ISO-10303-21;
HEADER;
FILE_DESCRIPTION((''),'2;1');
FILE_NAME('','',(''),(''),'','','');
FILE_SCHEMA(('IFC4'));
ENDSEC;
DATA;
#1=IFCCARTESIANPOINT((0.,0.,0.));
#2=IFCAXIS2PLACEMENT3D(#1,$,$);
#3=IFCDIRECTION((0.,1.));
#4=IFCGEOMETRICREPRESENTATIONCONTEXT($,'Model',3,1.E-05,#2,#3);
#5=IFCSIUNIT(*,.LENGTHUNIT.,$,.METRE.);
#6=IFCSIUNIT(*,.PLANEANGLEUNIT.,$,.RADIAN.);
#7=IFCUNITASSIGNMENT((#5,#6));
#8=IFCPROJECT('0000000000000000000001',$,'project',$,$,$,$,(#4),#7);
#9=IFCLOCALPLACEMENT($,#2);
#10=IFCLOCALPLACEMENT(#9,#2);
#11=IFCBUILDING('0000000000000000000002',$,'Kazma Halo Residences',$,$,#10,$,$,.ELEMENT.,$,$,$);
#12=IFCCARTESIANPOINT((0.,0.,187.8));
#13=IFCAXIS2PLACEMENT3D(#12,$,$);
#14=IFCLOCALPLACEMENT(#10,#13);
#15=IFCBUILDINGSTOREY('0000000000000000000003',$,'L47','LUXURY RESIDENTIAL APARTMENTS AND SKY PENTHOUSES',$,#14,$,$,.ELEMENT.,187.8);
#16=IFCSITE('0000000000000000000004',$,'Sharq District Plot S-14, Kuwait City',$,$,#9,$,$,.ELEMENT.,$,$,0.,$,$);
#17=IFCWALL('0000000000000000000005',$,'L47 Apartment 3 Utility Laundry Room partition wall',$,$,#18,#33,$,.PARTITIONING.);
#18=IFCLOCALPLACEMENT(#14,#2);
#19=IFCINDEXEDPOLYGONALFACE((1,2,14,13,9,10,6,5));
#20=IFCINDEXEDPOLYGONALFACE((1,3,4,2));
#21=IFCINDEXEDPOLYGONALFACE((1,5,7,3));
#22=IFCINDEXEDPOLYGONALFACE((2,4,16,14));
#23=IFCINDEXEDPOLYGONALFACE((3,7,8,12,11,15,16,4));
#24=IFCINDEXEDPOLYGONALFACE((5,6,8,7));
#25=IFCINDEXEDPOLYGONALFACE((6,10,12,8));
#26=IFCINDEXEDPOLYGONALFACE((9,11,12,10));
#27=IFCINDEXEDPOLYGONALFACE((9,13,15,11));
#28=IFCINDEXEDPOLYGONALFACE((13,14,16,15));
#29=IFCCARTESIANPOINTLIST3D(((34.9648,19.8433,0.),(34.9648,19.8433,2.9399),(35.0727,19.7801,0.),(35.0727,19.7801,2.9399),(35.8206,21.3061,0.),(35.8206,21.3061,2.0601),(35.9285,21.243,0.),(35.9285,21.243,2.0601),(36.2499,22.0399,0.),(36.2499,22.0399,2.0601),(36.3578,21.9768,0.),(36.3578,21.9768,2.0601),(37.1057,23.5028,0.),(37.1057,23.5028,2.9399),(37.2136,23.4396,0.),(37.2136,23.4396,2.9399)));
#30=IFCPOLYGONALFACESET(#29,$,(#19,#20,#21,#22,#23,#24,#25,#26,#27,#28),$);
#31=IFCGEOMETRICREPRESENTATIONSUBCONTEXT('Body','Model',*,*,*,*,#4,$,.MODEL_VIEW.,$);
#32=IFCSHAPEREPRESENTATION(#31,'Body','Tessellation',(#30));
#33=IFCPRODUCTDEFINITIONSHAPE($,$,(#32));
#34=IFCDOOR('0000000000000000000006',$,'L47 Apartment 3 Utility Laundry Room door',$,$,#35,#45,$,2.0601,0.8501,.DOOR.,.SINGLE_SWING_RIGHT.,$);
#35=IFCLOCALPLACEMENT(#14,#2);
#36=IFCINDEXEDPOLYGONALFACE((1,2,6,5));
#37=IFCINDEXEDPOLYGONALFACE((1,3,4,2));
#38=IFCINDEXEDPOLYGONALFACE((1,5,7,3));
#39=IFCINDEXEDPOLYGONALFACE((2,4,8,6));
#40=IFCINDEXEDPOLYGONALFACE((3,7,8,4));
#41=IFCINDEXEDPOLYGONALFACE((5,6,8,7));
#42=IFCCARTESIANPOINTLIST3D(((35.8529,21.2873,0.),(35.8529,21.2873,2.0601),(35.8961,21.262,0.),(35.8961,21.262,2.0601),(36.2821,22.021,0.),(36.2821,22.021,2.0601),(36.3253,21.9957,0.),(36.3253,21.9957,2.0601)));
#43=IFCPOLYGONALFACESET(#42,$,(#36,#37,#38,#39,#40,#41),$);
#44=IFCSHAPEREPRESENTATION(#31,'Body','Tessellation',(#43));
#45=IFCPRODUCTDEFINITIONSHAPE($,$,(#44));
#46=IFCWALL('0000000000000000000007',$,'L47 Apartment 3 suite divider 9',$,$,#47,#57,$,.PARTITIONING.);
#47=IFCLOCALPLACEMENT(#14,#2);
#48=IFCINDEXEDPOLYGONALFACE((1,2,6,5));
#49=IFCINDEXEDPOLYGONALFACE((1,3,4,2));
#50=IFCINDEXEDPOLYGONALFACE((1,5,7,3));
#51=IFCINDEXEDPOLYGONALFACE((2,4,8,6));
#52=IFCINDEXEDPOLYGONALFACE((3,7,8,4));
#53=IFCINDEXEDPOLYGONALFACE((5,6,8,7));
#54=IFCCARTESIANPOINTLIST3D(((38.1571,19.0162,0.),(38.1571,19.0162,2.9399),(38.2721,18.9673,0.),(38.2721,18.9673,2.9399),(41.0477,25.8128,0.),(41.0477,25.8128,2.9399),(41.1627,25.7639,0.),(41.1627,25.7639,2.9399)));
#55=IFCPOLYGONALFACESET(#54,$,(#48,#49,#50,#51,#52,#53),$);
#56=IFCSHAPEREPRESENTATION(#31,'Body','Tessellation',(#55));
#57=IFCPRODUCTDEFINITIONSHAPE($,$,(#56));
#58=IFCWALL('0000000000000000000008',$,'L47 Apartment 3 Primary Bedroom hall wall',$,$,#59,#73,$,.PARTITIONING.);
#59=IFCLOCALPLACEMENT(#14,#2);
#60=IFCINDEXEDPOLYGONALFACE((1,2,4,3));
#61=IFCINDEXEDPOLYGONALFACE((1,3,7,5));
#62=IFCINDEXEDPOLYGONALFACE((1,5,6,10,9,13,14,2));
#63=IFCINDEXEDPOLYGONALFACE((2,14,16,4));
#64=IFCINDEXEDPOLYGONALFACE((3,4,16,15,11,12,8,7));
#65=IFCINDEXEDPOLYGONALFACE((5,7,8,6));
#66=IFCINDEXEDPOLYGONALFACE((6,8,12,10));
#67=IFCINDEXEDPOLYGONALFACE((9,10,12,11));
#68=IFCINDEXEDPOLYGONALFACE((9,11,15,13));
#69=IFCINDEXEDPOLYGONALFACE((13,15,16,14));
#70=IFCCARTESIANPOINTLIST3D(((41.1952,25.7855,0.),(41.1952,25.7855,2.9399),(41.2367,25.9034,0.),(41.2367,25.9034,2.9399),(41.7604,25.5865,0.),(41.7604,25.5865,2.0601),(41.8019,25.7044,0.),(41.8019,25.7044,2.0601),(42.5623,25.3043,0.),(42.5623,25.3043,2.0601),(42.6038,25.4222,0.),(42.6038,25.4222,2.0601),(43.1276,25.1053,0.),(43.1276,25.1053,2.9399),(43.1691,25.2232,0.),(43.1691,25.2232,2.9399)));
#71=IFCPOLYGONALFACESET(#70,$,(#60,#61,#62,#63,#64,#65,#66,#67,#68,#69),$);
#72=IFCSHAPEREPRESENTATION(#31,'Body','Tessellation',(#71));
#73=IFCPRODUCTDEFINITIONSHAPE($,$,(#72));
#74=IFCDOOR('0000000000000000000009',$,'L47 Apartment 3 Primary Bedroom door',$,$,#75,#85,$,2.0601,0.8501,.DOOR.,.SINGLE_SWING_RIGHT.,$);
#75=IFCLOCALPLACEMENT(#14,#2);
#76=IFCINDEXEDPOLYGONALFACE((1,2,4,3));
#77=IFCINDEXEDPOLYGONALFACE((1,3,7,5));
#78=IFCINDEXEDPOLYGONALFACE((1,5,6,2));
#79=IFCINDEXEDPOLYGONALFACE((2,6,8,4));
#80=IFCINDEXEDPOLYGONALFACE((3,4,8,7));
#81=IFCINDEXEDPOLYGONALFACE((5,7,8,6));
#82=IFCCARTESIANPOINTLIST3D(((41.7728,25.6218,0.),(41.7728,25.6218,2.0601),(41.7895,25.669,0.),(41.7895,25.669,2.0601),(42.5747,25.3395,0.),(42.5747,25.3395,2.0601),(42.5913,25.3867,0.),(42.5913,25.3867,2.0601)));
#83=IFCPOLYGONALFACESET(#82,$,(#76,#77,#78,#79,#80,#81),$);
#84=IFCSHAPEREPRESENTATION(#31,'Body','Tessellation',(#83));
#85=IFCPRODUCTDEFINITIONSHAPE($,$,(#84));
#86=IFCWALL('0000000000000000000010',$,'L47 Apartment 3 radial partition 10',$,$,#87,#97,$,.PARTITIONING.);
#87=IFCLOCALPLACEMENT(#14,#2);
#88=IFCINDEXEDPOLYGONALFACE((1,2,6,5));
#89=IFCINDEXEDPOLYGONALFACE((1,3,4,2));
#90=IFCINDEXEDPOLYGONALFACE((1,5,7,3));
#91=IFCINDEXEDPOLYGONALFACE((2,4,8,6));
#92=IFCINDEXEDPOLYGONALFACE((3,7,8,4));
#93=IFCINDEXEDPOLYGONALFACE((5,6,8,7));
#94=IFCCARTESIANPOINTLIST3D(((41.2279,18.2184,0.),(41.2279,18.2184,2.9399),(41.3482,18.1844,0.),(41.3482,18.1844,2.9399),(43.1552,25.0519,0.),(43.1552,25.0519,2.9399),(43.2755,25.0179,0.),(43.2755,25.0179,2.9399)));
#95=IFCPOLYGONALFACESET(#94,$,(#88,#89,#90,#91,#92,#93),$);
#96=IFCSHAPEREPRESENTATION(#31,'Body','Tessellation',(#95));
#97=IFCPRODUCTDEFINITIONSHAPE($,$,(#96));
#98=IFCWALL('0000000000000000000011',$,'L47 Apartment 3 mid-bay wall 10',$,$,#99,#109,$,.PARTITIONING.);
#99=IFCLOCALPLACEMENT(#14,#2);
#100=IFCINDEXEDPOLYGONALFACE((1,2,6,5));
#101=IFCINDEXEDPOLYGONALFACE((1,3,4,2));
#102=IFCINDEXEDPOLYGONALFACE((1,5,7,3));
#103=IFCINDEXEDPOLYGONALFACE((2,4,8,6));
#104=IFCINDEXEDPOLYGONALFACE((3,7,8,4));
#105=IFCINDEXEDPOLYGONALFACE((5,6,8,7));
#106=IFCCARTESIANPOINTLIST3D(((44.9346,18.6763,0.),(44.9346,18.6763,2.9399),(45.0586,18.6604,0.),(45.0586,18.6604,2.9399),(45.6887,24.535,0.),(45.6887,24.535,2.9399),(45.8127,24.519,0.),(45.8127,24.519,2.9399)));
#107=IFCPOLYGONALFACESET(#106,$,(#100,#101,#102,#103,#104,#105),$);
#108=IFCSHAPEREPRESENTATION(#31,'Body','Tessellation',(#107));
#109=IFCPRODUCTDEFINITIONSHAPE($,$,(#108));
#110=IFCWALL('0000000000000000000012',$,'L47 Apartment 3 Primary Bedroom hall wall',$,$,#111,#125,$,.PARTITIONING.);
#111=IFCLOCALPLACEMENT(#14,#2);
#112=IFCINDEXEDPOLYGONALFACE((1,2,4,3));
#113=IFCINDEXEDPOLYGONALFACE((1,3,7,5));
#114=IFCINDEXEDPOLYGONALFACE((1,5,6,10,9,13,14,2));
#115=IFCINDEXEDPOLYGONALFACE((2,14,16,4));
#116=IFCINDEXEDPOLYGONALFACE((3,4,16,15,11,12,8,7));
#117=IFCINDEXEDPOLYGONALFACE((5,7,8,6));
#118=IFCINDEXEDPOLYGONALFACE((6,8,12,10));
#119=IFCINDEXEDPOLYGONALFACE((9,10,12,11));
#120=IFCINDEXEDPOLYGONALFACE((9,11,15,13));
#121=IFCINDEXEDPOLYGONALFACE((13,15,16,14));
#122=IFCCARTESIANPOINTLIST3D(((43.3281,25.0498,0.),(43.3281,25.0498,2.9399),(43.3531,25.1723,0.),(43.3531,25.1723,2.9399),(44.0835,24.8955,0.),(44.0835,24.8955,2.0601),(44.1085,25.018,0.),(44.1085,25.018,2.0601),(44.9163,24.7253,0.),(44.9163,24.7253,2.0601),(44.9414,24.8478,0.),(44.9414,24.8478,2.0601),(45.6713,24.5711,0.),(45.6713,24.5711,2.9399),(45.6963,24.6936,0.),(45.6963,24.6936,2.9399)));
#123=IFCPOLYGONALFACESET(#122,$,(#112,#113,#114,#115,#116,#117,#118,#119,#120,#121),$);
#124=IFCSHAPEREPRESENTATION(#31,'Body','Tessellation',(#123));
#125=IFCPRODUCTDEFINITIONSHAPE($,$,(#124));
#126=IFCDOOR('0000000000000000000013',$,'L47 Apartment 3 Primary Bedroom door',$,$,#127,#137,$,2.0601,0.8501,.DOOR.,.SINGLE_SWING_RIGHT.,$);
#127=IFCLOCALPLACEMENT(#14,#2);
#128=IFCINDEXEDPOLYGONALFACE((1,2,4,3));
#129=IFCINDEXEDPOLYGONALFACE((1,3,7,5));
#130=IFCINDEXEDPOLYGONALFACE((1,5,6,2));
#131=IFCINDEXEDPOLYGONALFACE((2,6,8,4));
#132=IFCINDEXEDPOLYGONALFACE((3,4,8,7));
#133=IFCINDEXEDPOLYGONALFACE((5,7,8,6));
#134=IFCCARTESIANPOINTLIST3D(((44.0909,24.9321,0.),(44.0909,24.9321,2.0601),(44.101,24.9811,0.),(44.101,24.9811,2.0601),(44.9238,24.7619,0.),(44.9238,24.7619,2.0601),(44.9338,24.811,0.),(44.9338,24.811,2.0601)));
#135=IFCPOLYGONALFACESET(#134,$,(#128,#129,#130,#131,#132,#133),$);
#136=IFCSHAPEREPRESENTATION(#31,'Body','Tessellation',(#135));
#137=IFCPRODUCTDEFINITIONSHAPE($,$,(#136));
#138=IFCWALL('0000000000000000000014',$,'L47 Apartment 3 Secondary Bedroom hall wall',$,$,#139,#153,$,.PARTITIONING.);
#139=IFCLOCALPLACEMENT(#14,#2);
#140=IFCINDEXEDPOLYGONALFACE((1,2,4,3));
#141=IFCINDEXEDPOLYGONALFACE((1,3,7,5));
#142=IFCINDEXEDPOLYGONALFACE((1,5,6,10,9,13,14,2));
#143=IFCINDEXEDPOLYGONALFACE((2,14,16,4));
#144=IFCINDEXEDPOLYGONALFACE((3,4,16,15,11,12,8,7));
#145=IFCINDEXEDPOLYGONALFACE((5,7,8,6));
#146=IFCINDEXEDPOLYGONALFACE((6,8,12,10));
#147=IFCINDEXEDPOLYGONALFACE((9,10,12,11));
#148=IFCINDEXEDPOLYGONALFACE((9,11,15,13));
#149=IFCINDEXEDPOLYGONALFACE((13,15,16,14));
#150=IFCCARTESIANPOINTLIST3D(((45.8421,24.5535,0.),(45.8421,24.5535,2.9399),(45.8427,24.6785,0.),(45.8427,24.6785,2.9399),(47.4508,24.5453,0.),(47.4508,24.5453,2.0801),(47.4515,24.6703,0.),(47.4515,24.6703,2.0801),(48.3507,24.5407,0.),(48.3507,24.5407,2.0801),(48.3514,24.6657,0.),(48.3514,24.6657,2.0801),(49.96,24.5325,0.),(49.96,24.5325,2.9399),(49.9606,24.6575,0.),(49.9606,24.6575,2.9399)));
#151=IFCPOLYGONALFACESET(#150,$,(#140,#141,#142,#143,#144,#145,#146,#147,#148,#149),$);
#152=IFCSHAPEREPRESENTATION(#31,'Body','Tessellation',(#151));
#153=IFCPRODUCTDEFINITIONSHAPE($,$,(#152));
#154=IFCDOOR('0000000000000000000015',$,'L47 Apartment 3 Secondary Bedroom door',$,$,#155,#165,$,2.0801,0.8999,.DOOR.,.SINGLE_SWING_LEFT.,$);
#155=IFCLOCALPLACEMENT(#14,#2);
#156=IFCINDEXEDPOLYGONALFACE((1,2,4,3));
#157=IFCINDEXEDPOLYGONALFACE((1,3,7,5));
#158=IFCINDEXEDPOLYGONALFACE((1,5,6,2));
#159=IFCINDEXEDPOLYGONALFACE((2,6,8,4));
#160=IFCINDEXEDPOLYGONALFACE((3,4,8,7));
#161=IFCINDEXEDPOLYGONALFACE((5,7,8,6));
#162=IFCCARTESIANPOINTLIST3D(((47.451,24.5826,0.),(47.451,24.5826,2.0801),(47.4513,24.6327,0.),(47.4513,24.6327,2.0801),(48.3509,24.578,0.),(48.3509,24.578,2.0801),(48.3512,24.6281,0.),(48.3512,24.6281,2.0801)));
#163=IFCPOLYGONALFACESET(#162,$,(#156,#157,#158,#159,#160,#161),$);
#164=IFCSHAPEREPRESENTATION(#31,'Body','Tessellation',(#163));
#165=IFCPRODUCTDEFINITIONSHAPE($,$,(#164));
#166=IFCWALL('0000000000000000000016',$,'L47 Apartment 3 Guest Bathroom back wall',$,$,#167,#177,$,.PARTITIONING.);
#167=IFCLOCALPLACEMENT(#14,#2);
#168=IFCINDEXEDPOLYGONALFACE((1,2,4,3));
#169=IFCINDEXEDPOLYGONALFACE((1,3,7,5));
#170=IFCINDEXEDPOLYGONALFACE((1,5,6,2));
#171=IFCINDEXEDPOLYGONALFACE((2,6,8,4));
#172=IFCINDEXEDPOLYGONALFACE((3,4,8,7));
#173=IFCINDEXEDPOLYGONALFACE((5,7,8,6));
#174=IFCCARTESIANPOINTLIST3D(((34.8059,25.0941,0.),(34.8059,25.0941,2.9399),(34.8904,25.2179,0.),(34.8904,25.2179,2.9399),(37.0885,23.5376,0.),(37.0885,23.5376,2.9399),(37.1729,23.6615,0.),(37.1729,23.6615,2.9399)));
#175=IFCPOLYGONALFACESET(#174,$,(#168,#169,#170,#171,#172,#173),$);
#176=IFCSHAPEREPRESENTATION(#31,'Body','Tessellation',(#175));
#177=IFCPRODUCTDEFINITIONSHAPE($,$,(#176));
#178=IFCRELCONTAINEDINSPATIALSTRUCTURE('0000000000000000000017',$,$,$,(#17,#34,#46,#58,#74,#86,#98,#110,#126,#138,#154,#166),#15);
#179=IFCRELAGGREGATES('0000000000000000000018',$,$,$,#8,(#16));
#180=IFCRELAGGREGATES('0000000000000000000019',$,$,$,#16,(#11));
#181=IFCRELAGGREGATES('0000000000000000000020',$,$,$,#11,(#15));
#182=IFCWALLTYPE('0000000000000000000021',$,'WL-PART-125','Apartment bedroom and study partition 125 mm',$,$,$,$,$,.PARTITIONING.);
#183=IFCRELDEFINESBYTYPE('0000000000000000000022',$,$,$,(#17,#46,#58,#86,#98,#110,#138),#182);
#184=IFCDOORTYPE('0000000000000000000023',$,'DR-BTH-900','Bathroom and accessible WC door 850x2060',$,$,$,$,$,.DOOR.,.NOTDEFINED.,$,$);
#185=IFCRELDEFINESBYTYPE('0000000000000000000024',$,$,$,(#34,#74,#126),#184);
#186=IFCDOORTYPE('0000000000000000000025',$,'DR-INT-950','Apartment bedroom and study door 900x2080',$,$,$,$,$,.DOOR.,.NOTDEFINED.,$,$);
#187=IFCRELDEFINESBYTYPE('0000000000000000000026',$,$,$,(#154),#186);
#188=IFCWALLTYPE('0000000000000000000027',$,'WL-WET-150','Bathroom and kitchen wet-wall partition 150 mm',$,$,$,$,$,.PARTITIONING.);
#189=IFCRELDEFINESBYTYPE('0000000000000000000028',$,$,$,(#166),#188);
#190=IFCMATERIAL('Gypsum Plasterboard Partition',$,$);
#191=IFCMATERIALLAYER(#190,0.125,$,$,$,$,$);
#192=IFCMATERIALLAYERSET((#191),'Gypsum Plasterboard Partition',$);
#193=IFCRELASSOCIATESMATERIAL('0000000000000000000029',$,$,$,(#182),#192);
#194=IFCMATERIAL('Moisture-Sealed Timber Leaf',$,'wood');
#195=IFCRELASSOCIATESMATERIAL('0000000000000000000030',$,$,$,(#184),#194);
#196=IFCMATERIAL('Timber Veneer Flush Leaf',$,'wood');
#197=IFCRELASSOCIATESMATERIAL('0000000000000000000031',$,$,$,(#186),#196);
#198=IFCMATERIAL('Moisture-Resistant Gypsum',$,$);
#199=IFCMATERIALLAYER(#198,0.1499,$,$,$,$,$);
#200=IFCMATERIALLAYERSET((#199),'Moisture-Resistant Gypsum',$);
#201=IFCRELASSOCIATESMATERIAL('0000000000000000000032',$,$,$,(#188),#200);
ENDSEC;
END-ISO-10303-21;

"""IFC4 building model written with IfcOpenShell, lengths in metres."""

from ifc_helpers import new_model, si_unit, direction, frame, frame_2d, origin, place, context, subcontext, project, spatial, rectangle, extrude, material, layer, layer_set, type_object, element, fill, save


model = new_model("IFC4")

# Units and contexts
model_context = context("Model", 3, precision=1e-05, world=origin(), true_north=direction((0.0, 1.0)))
body_context = subcontext(model_context, "Body", "Model", "MODEL_VIEW")
ifc_project = project(units=[si_unit("LENGTHUNIT", "METRE"), si_unit("PLANEANGLEUNIT", "RADIAN")], contexts=[model_context])

# Site, building, storey
site_placement = place(None, origin())
site = spatial("IfcSite", under=ifc_project, at=site_placement, Name="Sharq District Plot S-14, Kuwait City", CompositionType="ELEMENT", RefElevation=0.0)
building_placement = place(site_placement, origin())
building = spatial("IfcBuilding", under=site, at=building_placement, Name="Kazma Halo Residences", CompositionType="ELEMENT")
storey_placement = place(building_placement, frame((0.0, 0.0, 187.8)))
storey = spatial("IfcBuildingStorey", under=building, at=storey_placement, Name="L47", Description="LUXURY RESIDENTIAL APARTMENTS AND SKY PENTHOUSES", CompositionType="ELEMENT", Elevation=187.8)

# Wall, opening, door
ifc_material_1 = material(Name="Gypsum Plasterboard Partition")
ifc_layer_1 = layer(ifc_material_1, 0.125)
ifc_layer_set_1 = layer_set([ifc_layer_1], Name="Gypsum Plasterboard Partition")
wall_type_1 = type_object("IfcWallType", Name="WL-PART-125", Description="Apartment bedroom and study partition 125 mm", PredefinedType="PARTITIONING", material=ifc_layer_set_1)
wall_1_placement = place(storey_placement, frame((37.1597, 23.4712, 0.0), z_axis=(0.0, 0.0, 1.0), x_axis=(-0.504963, -0.863141, 0.0)))
wall_1 = element("IfcWall", 1, at=wall_1_placement, inside=storey, type_object=wall_type_1, Name="L47 Apartment 3 Utility Laundry Room partition wall", PredefinedType="PARTITIONING", context=body_context, shape_type="SweptSolid", body=[
    extrude(rectangle(XDim=4.2397, YDim=0.125, at=frame_2d((2.1199, 0.0))), origin(), (0.0, 0.0, 1.0), 2.9399),
])
opening_1_placement = place(wall_1_placement, frame((1.6948, 0.0, 0.0)))
opening_1 = element("IfcOpeningElement", 2, at=opening_1_placement, cuts=wall_1, PredefinedType="OPENING", context=body_context, shape_type="SweptSolid", body=[
    extrude(rectangle(XDim=0.8501, YDim=2.0601, at=frame_2d((0.425, 1.03))), frame((0.0, 0.0725, 0.0), z_axis=(0.0, -1.0, 0.0), x_axis=(1.0, 0.0, 0.0)), (0.0, 0.0, 1.0), 0.145),
])
ifc_material_2 = material(Name="Moisture-Sealed Timber Leaf", Category="wood")
door_type_1 = type_object("IfcDoorType", Name="DR-BTH-900", Description="Bathroom and accessible WC door 850x2060", OperationType="NOTDEFINED", PredefinedType="DOOR", material=ifc_material_2)
door_1_placement = place(opening_1_placement, origin())
door_1 = element("IfcDoor", 3, at=door_1_placement, inside=storey, type_object=door_type_1, Name="L47 Apartment 3 Utility Laundry Room door", OperationType="SINGLE_SWING_RIGHT", OverallHeight=2.0601, OverallWidth=0.8501, PredefinedType="DOOR", context=body_context, shape_type="SweptSolid", body=[
    extrude(rectangle(XDim=0.8501, YDim=2.0601, at=frame_2d((0.425, 1.03))), frame((0.0, 0.0249, 0.0), z_axis=(0.0, -1.0, 0.0), x_axis=(1.0, 0.0, 0.0)), (0.0, 0.0, 1.0), 0.05),
])
fill(opening_1, door_1)

# Wall
wall_2_placement = place(storey_placement, frame((41.1052, 25.7883, 0.0), z_axis=(0.0, 0.0, 1.0), x_axis=(-0.391377, -0.920231, 0.0)))
element("IfcWall", 4, at=wall_2_placement, inside=storey, type_object=wall_type_1, Name="L47 Apartment 3 suite divider 9", PredefinedType="PARTITIONING", context=body_context, shape_type="SweptSolid", body=[
    extrude(rectangle(XDim=7.3857, YDim=0.125, at=frame_2d((3.6929, 0.0))), origin(), (0.0, 0.0, 1.0), 2.9399),
])

# Wall, opening, door
wall_3_placement = place(storey_placement, frame((41.2158, 25.8445, 0.0), z_axis=(0.0, 0.0, 1.0), x_axis=(0.943272, -0.332022, 0.0)))
wall_3 = element("IfcWall", 5, at=wall_3_placement, inside=storey, type_object=wall_type_1, Name="L47 Apartment 3 Primary Bedroom hall wall", PredefinedType="PARTITIONING", context=body_context, shape_type="SweptSolid", body=[
    extrude(rectangle(XDim=2.0486, YDim=0.125, at=frame_2d((1.0244, 0.0))), origin(), (0.0, 0.0, 1.0), 2.9399),
])
opening_2_placement = place(wall_3_placement, frame((0.5994, 0.0, 0.0)))
opening_2 = element("IfcOpeningElement", 6, at=opening_2_placement, cuts=wall_3, PredefinedType="OPENING", context=body_context, shape_type="SweptSolid", body=[
    extrude(rectangle(XDim=0.8501, YDim=2.0601, at=frame_2d((0.425, 1.03))), frame((0.0, 0.0725, 0.0), z_axis=(0.0, -1.0, 0.0), x_axis=(1.0, 0.0, 0.0)), (0.0, 0.0, 1.0), 0.145),
])
door_2_placement = place(opening_2_placement, origin())
door_2 = element("IfcDoor", 7, at=door_2_placement, inside=storey, type_object=door_type_1, Name="L47 Apartment 3 Primary Bedroom door", OperationType="SINGLE_SWING_RIGHT", OverallHeight=2.0601, OverallWidth=0.8501, PredefinedType="DOOR", context=body_context, shape_type="SweptSolid", body=[
    extrude(rectangle(XDim=0.8501, YDim=2.0601, at=frame_2d((0.425, 1.03))), frame((0.0, 0.0249, 0.0), z_axis=(0.0, -1.0, 0.0), x_axis=(1.0, 0.0, 0.0)), (0.0, 0.0, 1.0), 0.05),
])
fill(opening_2, door_2)

# Walls
wall_4_placement = place(storey_placement, frame((43.2153, 25.0349, 0.0), z_axis=(0.0, 0.0, 1.0), x_axis=(-0.271441, -0.962455, 0.0)))
element("IfcWall", 8, at=wall_4_placement, inside=storey, type_object=wall_type_1, Name="L47 Apartment 3 radial partition 10", PredefinedType="PARTITIONING", context=body_context, shape_type="SweptSolid", body=[
    extrude(rectangle(XDim=7.1001, YDim=0.125, at=frame_2d((3.55, 0.0))), origin(), (0.0, 0.0, 1.0), 2.9399),
])
wall_5_placement = place(storey_placement, frame((45.7507, 24.5271, 0.0), z_axis=(0.0, 0.0, 1.0), x_axis=(-0.127671, -0.991817, 0.0)))
element("IfcWall", 9, at=wall_5_placement, inside=storey, type_object=wall_type_1, Name="L47 Apartment 3 mid-bay wall 10", PredefinedType="PARTITIONING", context=body_context, shape_type="SweptSolid", body=[
    extrude(rectangle(XDim=5.907, YDim=0.125, at=frame_2d((2.9536, 0.0))), origin(), (0.0, 0.0, 1.0), 2.9399),
])

# Walls, openings, doors
wall_6_placement = place(storey_placement, frame((43.3406, 25.1111, 0.0), z_axis=(0.0, 0.0, 1.0), x_axis=(0.97976, -0.200178, 0.0)))
wall_6 = element("IfcWall", 10, at=wall_6_placement, inside=storey, type_object=wall_type_1, Name="L47 Apartment 3 Primary Bedroom hall wall", PredefinedType="PARTITIONING", context=body_context, shape_type="SweptSolid", body=[
    extrude(rectangle(XDim=2.3916, YDim=0.125, at=frame_2d((1.1958, 0.0))), origin(), (0.0, 0.0, 1.0), 2.9399),
])
opening_3_placement = place(wall_6_placement, frame((0.771, 0.0, 0.0)))
opening_3 = element("IfcOpeningElement", 11, at=opening_3_placement, cuts=wall_6, PredefinedType="OPENING", context=body_context, shape_type="SweptSolid", body=[
    extrude(rectangle(XDim=0.8501, YDim=2.0601, at=frame_2d((0.425, 1.03))), frame((0.0, 0.0725, 0.0), z_axis=(0.0, -1.0, 0.0), x_axis=(1.0, 0.0, 0.0)), (0.0, 0.0, 1.0), 0.145),
])
door_3_placement = place(opening_3_placement, origin())
door_3 = element("IfcDoor", 12, at=door_3_placement, inside=storey, type_object=door_type_1, Name="L47 Apartment 3 Primary Bedroom door", OperationType="SINGLE_SWING_RIGHT", OverallHeight=2.0601, OverallWidth=0.8501, PredefinedType="DOOR", context=body_context, shape_type="SweptSolid", body=[
    extrude(rectangle(XDim=0.8501, YDim=2.0601, at=frame_2d((0.425, 1.03))), frame((0.0, 0.0249, 0.0), z_axis=(0.0, -1.0, 0.0), x_axis=(1.0, 0.0, 0.0)), (0.0, 0.0, 1.0), 0.05),
])
fill(opening_3, door_3)
wall_7_placement = place(storey_placement, frame((45.8423, 24.616, 0.0), z_axis=(0.0, 0.0, 1.0), x_axis=(0.999987, -0.005099, 0.0)))
wall_7 = element("IfcWall", 13, at=wall_7_placement, inside=storey, type_object=wall_type_1, Name="L47 Apartment 3 Secondary Bedroom hall wall", PredefinedType="PARTITIONING", context=body_context, shape_type="SweptSolid", body=[
    extrude(rectangle(XDim=4.1179, YDim=0.125, at=frame_2d((2.0591, 0.0))), origin(), (0.0, 0.0, 1.0), 2.9399),
])
opening_4_placement = place(wall_7_placement, frame((1.6089, 0.0, 0.0)))
opening_4 = element("IfcOpeningElement", 14, at=opening_4_placement, cuts=wall_7, PredefinedType="OPENING", context=body_context, shape_type="SweptSolid", body=[
    extrude(rectangle(XDim=0.8999, YDim=2.0801, at=frame_2d((0.45, 1.04))), frame((0.0, 0.0725, 0.0), z_axis=(0.0, -1.0, 0.0), x_axis=(1.0, 0.0, 0.0)), (0.0, 0.0, 1.0), 0.145),
])
ifc_material_3 = material(Name="Timber Veneer Flush Leaf", Category="wood")
door_type_2 = type_object("IfcDoorType", Name="DR-INT-950", Description="Apartment bedroom and study door 900x2080", OperationType="NOTDEFINED", PredefinedType="DOOR", material=ifc_material_3)
door_4_placement = place(opening_4_placement, origin())
door_4 = element("IfcDoor", 15, at=door_4_placement, inside=storey, type_object=door_type_2, Name="L47 Apartment 3 Secondary Bedroom door", OperationType="SINGLE_SWING_LEFT", OverallHeight=2.0801, OverallWidth=0.8999, PredefinedType="DOOR", context=body_context, shape_type="SweptSolid", body=[
    extrude(rectangle(XDim=0.8999, YDim=2.0801, at=frame_2d((0.45, 1.04))), frame((0.0, 0.0249, 0.0), z_axis=(0.0, -1.0, 0.0), x_axis=(1.0, 0.0, 0.0)), (0.0, 0.0, 1.0), 0.05),
])
fill(opening_4, door_4)

# Wall
ifc_material_4 = material(Name="Moisture-Resistant Gypsum")
ifc_layer_2 = layer(ifc_material_4, 0.1499)
ifc_layer_set_2 = layer_set([ifc_layer_2], Name="Moisture-Resistant Gypsum")
wall_type_2 = type_object("IfcWallType", Name="WL-WET-150", Description="Bathroom and kitchen wet-wall partition 150 mm", PredefinedType="PARTITIONING", material=ifc_layer_set_2)
wall_8_placement = place(storey_placement, frame((34.8481, 25.156, 0.0), z_axis=(0.0, 0.0, 1.0), x_axis=(0.826199, -0.563378, 0.0)))
element("IfcWall", 16, at=wall_8_placement, inside=storey, type_object=wall_type_2, Name="L47 Apartment 3 Guest Bathroom back wall", PredefinedType="PARTITIONING", context=body_context, shape_type="SweptSolid", body=[
    extrude(rectangle(XDim=2.7627, YDim=0.1499, at=frame_2d((1.3813, 0.0))), origin(), (0.0, 0.0, 1.0), 2.9399),
])

save(model, "model.ifc")
